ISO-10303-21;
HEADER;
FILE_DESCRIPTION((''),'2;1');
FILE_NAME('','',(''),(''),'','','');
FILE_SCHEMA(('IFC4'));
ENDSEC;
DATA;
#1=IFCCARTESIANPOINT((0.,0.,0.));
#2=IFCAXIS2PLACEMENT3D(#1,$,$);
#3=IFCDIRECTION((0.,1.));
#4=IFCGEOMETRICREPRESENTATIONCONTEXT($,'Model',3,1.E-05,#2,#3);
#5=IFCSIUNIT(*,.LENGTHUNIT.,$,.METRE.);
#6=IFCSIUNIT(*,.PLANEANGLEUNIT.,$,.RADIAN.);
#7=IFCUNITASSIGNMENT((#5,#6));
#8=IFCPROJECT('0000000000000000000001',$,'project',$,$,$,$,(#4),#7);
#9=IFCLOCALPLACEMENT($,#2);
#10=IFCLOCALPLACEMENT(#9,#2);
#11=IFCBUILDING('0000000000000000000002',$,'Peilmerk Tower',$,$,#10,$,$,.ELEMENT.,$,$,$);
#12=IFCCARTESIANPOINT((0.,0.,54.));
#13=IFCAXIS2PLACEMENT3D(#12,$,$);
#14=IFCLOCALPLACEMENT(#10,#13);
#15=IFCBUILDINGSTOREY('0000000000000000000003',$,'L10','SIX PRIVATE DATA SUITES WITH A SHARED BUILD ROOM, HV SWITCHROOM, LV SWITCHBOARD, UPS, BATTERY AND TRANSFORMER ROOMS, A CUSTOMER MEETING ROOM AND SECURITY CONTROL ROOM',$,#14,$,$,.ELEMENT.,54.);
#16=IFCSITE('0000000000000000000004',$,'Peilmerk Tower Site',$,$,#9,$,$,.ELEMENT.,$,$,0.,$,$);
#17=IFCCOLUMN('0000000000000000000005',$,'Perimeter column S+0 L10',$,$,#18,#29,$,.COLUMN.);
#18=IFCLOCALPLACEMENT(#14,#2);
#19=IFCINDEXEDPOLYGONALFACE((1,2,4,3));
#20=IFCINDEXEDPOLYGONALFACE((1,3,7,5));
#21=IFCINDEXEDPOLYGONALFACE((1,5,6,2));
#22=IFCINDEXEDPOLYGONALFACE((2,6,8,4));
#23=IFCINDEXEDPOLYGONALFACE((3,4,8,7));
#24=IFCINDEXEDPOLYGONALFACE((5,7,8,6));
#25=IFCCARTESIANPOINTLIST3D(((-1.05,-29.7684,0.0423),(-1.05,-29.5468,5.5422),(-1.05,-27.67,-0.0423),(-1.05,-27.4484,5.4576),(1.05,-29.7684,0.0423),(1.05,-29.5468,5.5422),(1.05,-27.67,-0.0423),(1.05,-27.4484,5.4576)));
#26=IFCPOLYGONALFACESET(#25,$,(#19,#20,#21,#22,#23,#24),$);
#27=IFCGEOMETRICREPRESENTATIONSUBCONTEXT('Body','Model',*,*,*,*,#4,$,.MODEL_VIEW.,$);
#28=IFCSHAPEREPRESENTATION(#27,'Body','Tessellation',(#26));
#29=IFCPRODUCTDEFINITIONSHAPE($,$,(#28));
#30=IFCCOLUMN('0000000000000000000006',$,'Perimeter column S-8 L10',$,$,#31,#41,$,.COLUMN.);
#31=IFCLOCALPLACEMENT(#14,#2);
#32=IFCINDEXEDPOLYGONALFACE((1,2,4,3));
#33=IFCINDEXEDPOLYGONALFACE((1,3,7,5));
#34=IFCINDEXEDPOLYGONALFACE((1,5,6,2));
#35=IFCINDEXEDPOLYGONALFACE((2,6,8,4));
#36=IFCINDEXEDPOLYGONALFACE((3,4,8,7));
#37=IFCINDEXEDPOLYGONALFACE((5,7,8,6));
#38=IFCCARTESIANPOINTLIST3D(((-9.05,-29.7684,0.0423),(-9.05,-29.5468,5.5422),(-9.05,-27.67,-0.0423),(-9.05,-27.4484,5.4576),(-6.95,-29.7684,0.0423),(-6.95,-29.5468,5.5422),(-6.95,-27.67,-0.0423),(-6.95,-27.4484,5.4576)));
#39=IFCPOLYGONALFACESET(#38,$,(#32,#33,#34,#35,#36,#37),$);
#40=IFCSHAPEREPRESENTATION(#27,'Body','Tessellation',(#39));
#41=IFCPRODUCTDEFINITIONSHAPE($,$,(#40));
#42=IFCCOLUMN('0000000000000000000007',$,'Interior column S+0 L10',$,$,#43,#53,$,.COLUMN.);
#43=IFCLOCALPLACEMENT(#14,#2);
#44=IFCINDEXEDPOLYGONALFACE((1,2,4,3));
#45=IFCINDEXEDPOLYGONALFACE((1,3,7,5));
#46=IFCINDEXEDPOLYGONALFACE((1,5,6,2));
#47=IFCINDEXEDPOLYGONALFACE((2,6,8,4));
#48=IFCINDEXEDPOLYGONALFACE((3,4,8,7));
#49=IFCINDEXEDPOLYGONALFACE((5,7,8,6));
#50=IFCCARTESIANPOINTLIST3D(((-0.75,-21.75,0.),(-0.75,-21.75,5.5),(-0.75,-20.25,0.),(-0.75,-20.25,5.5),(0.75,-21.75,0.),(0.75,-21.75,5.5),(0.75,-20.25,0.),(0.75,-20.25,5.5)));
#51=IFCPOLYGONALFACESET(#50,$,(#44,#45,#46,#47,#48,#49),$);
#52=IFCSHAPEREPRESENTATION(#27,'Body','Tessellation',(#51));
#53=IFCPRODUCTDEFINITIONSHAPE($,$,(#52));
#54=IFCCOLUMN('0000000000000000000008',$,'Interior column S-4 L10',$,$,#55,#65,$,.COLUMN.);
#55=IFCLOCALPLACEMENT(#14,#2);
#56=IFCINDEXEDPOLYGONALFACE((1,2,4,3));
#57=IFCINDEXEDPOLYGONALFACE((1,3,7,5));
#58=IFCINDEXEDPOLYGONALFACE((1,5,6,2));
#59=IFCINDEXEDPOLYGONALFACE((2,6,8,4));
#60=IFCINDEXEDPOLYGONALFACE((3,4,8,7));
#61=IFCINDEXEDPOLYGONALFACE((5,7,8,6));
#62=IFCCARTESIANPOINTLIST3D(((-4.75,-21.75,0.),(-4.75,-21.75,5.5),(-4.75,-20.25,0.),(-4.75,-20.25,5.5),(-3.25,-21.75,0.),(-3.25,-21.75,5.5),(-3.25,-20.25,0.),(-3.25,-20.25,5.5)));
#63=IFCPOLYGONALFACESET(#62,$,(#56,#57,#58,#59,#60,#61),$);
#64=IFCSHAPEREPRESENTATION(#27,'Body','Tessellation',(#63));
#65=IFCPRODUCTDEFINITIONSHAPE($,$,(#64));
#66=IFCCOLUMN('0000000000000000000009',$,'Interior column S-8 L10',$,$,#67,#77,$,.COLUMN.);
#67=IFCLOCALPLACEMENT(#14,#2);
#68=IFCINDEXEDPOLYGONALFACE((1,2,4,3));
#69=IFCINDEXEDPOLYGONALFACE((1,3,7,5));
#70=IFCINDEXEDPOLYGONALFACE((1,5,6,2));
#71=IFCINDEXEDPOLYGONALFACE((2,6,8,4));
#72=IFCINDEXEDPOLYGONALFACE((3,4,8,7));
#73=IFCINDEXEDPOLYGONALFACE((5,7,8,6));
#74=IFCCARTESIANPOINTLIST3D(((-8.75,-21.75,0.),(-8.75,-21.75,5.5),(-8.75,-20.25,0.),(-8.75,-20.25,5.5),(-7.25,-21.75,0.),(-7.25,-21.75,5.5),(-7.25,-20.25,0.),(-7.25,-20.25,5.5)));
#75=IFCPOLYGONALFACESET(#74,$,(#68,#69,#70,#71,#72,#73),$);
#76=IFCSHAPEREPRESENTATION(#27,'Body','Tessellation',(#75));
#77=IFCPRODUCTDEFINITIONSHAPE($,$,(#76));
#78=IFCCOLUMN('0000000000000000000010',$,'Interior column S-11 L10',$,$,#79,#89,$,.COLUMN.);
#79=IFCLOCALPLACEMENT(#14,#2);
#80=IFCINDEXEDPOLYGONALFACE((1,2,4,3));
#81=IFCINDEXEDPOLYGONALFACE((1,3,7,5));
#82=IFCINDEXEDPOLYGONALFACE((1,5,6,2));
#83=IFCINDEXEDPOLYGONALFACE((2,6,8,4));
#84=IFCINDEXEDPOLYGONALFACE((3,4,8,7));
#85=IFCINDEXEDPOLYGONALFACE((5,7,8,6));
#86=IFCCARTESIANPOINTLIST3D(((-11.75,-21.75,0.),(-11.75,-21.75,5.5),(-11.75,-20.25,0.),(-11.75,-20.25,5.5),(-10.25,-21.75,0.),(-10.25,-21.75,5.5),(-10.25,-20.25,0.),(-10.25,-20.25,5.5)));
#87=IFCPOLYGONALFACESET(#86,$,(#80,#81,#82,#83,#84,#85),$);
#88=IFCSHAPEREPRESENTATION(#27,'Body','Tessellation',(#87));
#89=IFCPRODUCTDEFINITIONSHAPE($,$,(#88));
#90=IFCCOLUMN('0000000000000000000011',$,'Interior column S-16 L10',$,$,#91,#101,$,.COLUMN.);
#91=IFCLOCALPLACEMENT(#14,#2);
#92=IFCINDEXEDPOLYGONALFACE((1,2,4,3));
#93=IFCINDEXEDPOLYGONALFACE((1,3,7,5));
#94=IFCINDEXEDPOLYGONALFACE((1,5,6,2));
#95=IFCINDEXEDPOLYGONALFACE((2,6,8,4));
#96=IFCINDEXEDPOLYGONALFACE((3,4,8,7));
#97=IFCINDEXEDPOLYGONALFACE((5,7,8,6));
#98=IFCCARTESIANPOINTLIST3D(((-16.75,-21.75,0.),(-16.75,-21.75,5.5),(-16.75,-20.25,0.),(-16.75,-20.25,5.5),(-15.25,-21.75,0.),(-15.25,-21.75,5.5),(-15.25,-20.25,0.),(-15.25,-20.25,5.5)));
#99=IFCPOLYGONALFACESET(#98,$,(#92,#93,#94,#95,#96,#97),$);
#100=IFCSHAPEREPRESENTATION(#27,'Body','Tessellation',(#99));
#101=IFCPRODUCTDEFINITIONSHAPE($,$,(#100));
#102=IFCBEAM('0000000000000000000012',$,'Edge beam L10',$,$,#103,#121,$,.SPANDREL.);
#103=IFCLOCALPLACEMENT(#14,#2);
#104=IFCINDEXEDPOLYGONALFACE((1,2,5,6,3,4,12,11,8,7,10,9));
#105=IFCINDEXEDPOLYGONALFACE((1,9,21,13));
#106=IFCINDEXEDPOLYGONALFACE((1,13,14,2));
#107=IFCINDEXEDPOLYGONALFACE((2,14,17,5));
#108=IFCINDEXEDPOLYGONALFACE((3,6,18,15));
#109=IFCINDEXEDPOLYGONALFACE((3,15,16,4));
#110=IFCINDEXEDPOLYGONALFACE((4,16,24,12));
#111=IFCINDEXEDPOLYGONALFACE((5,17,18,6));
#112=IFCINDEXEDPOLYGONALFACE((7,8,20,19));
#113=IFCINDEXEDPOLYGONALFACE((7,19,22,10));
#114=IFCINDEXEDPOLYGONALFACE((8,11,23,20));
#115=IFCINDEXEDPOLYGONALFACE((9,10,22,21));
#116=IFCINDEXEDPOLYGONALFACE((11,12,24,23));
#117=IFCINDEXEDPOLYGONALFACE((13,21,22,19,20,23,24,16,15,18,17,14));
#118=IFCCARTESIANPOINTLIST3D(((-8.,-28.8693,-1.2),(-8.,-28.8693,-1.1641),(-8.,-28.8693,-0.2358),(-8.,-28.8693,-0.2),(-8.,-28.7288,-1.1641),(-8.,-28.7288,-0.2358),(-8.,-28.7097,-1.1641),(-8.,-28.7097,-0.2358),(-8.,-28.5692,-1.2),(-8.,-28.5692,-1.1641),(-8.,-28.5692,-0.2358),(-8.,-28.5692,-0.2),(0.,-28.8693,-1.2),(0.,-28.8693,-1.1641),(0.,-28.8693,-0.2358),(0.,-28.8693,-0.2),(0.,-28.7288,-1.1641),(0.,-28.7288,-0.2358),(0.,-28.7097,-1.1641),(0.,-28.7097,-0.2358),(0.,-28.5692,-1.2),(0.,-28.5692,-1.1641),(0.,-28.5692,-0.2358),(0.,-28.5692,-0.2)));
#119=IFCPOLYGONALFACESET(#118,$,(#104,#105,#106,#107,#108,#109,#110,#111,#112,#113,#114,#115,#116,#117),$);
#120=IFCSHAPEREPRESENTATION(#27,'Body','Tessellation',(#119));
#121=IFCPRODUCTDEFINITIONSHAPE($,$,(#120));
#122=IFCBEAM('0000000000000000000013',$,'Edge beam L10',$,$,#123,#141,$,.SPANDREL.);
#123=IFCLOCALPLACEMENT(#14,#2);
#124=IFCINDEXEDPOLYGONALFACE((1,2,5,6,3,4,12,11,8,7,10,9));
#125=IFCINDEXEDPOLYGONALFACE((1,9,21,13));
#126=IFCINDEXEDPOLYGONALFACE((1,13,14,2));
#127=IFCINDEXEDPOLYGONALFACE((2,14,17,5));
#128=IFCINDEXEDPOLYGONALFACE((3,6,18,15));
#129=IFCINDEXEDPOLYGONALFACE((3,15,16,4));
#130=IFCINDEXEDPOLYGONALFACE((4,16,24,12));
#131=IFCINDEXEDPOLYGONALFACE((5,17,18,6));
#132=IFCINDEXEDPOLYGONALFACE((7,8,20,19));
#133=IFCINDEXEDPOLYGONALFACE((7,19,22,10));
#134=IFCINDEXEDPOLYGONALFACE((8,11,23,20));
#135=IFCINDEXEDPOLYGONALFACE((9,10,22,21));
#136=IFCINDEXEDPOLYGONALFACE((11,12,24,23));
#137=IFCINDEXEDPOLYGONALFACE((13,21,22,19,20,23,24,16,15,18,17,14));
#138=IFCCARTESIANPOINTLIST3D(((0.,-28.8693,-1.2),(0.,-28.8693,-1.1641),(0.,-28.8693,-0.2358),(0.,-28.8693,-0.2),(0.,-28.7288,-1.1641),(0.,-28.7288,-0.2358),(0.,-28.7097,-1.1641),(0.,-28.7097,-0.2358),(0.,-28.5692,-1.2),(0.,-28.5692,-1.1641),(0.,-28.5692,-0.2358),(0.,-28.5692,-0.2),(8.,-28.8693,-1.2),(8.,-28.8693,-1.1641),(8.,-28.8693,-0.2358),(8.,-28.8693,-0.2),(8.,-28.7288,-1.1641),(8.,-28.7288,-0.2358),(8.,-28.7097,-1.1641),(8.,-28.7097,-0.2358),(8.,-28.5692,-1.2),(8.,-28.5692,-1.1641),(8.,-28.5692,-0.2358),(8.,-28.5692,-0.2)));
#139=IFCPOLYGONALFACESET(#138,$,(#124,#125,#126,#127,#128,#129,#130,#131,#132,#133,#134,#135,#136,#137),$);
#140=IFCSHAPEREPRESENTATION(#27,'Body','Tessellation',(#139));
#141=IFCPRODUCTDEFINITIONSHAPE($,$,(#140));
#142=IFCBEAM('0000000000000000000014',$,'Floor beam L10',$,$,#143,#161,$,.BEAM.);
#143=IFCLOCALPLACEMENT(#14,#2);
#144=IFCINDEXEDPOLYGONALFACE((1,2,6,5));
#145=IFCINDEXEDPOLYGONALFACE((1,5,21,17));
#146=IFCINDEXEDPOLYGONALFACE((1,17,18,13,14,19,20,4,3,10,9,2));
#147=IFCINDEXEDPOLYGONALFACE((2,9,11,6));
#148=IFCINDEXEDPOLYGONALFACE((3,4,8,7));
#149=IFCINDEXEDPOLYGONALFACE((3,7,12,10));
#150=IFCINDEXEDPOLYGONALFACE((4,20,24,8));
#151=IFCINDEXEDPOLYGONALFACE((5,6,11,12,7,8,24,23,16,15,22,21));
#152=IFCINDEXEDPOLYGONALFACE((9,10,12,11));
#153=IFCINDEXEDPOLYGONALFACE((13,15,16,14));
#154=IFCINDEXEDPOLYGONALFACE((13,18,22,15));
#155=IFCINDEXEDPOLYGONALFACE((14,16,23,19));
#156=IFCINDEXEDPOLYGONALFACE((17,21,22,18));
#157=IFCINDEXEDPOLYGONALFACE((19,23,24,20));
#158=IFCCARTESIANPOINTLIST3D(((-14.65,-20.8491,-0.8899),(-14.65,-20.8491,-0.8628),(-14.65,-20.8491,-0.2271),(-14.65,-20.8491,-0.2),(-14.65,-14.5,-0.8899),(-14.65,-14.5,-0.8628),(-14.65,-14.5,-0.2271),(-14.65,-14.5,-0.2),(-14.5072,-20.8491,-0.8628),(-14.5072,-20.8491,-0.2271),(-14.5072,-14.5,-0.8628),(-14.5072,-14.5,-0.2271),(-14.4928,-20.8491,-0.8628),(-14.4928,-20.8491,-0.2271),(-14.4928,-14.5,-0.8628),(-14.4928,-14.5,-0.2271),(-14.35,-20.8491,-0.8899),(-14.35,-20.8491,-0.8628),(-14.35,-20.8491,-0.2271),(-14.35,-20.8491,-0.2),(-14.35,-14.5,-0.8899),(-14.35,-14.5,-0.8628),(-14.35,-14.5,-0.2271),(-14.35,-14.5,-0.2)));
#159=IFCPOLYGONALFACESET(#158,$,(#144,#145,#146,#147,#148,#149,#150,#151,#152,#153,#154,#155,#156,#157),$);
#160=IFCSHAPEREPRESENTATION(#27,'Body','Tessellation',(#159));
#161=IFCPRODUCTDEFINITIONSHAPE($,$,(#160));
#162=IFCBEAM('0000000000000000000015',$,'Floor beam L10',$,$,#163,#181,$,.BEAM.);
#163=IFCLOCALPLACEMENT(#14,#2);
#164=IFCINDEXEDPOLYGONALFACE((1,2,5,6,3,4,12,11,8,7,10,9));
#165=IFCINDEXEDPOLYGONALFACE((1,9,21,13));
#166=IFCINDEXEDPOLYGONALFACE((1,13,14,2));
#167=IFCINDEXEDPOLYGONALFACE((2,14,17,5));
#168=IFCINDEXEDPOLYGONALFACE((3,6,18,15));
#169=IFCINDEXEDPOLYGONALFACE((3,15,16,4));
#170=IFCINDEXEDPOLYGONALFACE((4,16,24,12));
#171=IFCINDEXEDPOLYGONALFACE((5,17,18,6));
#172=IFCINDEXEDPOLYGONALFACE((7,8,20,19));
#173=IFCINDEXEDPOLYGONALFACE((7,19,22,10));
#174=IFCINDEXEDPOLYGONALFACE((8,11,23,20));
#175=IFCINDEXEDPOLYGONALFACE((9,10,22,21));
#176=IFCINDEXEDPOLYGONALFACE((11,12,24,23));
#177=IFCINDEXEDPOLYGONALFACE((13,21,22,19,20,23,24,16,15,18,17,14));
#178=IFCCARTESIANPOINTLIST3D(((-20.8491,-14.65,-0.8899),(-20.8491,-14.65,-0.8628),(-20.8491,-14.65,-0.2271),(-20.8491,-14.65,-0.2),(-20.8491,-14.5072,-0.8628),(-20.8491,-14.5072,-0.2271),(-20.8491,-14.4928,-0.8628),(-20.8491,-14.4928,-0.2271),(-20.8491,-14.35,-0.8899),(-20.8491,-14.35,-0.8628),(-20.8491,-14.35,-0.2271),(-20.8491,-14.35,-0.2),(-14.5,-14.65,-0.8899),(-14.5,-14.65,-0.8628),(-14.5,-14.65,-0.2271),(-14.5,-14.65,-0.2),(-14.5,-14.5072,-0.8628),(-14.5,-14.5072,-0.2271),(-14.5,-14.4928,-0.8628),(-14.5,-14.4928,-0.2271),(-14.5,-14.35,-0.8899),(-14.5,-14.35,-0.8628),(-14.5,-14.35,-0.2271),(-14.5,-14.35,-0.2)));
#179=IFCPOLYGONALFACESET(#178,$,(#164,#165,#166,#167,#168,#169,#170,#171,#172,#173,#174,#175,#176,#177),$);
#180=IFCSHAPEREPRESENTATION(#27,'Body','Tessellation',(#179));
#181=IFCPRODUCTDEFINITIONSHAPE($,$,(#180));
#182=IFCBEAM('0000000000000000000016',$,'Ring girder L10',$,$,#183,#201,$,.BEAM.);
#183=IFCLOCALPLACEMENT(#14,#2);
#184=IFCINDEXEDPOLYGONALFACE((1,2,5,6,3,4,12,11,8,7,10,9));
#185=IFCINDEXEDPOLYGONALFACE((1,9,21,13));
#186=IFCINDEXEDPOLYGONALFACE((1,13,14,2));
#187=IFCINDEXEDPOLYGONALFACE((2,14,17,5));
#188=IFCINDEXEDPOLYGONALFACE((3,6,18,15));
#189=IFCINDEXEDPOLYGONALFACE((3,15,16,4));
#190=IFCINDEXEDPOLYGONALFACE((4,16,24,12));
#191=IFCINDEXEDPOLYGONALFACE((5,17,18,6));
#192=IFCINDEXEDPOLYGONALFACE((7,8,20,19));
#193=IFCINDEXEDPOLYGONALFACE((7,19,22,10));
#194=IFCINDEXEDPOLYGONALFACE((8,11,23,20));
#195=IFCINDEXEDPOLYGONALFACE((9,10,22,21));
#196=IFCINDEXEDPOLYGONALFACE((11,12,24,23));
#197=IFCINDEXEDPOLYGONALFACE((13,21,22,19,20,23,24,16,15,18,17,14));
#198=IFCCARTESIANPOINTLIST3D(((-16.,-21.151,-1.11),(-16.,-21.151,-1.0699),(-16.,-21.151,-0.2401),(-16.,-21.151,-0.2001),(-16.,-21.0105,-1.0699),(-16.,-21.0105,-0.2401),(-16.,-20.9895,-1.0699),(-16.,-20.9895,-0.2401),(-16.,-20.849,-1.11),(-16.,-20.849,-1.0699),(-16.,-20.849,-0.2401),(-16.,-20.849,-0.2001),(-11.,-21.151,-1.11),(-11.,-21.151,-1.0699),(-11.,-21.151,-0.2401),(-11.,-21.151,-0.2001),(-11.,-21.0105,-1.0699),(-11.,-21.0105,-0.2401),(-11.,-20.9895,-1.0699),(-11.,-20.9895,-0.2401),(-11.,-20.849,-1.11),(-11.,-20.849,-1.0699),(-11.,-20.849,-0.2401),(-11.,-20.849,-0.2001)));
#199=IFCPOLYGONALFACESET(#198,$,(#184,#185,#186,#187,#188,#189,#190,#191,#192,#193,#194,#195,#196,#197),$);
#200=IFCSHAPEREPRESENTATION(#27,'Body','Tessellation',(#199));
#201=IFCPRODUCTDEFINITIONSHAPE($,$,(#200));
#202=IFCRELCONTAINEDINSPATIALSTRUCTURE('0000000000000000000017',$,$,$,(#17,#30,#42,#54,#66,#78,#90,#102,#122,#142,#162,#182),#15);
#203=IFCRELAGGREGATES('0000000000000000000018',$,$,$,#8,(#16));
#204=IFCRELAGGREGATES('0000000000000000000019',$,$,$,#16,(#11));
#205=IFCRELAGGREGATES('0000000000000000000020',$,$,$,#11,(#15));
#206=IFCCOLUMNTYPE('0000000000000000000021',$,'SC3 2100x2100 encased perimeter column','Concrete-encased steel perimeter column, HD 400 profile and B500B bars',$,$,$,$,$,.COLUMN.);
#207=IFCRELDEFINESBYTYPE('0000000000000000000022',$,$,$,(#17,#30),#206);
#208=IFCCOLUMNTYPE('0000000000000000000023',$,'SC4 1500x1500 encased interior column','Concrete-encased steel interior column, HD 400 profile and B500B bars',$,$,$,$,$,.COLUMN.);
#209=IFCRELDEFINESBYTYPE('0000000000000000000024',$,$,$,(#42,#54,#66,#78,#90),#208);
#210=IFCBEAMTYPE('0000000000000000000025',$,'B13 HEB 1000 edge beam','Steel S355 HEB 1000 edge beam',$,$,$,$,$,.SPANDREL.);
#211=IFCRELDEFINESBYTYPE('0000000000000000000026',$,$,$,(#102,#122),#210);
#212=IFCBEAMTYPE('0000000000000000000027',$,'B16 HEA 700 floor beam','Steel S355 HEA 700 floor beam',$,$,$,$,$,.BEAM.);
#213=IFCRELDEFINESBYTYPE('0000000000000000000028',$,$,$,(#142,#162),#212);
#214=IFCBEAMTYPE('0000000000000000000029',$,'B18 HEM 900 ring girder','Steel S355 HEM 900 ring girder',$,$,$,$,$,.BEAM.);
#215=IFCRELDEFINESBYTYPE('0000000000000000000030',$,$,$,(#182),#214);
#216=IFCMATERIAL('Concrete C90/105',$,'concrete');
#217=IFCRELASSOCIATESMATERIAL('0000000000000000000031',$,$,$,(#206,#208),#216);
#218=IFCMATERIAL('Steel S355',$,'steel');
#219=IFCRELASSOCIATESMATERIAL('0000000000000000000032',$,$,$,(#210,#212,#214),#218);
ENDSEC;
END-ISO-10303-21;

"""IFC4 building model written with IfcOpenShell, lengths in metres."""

from ifc_helpers import new_model, si_unit, direction, frame, origin, origin_2d, place, context, subcontext, project, spatial, rectangle, i_section, extrude, material, material_profile, profile_set, type_object, element, save


model = new_model("IFC4")

# Units and contexts
model_context = context("Model", 3, precision=1e-05, world=origin(), true_north=direction((0.0, 1.0)))
body_context = subcontext(model_context, "Body", "Model", "MODEL_VIEW")
ifc_project = project(units=[si_unit("LENGTHUNIT", "METRE"), si_unit("PLANEANGLEUNIT", "RADIAN")], contexts=[model_context])

# Site, building, storey
site_placement = place(None, origin())
site = spatial("IfcSite", under=ifc_project, at=site_placement, Name="Peilmerk Tower Site", CompositionType="ELEMENT", RefElevation=0.0)
building_placement = place(site_placement, origin())
building = spatial("IfcBuilding", under=site, at=building_placement, Name="Peilmerk Tower", CompositionType="ELEMENT")
storey_placement = place(building_placement, frame((0.0, 0.0, 54.0)))
storey = spatial("IfcBuildingStorey", under=building, at=storey_placement, Name="L10", Description="SIX PRIVATE DATA SUITES WITH A SHARED BUILD ROOM, HV SWITCHROOM, LV SWITCHBOARD, UPS, BATTERY AND TRANSFORMER ROOMS, A CUSTOMER MEETING ROOM AND SECURITY CONTROL ROOM", CompositionType="ELEMENT", Elevation=54.0)

# Columns
ifc_material_1 = material(Name="Concrete C90/105", Category="concrete")
ifc_material_profile_1 = material_profile(ifc_material_1, rectangle(XDim=2.1001, YDim=2.1001, at=origin_2d()), Name="RC 2100x2100")
ifc_profile_set_1 = profile_set([ifc_material_profile_1], Name="Concrete C90/105")
column_type_1 = type_object("IfcColumnType", Name="SC3 2100x2100 encased perimeter column", Description="Concrete-encased steel perimeter column, HD 400 profile and B500B bars", PredefinedType="COLUMN", material=ifc_profile_set_1)
for number, where, z_axis, x_axis, name in (
    (1, (0.0, -28.7192, 0.0), (0.0, 0.040273, 0.999189), (-1.0, 0.0, 0.0), "Perimeter column S+0 L10"),
    (2, (-8.0, -28.7192, 0.0), (0.0, 0.040273, 0.999189), (-1.0, 0.0, 0.0), "Perimeter column S-8 L10"),
):
    element("IfcColumn", number, at=place(storey_placement, frame(where, z_axis=z_axis, x_axis=x_axis)), inside=storey, type_object=column_type_1, Name=name, PredefinedType="COLUMN", context=body_context, shape_type="SweptSolid", body=[
        extrude(rectangle(XDim=2.1001, YDim=2.1001, at=origin_2d()), origin(), (0.0, 0.0, 1.0), 5.5044),
    ])
ifc_material_profile_2 = material_profile(ifc_material_1, rectangle(XDim=1.5, YDim=1.5, at=origin_2d()), Name="RC 1500x1500")
ifc_profile_set_2 = profile_set([ifc_material_profile_2], Name="Concrete C90/105")
column_type_2 = type_object("IfcColumnType", Name="SC4 1500x1500 encased interior column", Description="Concrete-encased steel interior column, HD 400 profile and B500B bars", PredefinedType="COLUMN", material=ifc_profile_set_2)
for number, where, z_axis, x_axis, name in (
    (3, (0.0, -21.0, 0.0), (0.0, 0.0, 1.0), (1.0, 0.0, 0.0), "Interior column S+0 L10"),
    (4, (-4.0, -21.0, 0.0), (0.0, 0.0, 1.0), (1.0, 0.0, 0.0), "Interior column S-4 L10"),
    (5, (-8.0, -21.0, 0.0), (0.0, 0.0, 1.0), (1.0, 0.0, 0.0), "Interior column S-8 L10"),
    (6, (-11.0, -21.0, 0.0), (0.0, 0.0, 1.0), (1.0, 0.0, 0.0), "Interior column S-11 L10"),
    (7, (-16.0, -21.0, 0.0), (0.0, 0.0, 1.0), (1.0, 0.0, 0.0), "Interior column S-16 L10"),
):
    element("IfcColumn", number, at=place(storey_placement, frame(where, z_axis=z_axis, x_axis=x_axis)), inside=storey, type_object=column_type_2, Name=name, PredefinedType="COLUMN", context=body_context, shape_type="SweptSolid", body=[
        extrude(rectangle(XDim=1.5, YDim=1.5, at=origin_2d()), origin(), (0.0, 0.0, 1.0), 5.5),
    ])

# Beams
ifc_material_2 = material(Name="Steel S355", Category="steel")
ifc_material_profile_3 = material_profile(ifc_material_2, i_section(OverallWidth=0.3, OverallDepth=1.0, WebThickness=0.019, FlangeThickness=0.0359, at=origin_2d()), Name="HEB 1000")
ifc_profile_set_3 = profile_set([ifc_material_profile_3], Name="Steel S355")
beam_type_1 = type_object("IfcBeamType", Name="B13 HEB 1000 edge beam", Description="Steel S355 HEB 1000 edge beam", PredefinedType="SPANDREL", material=ifc_profile_set_3)
for number, where, z_axis, x_axis, name in (
    (8, (-8.0, -28.7192, -0.7), (1.0, 0.0, 0.0), (0.0, 1.0, 0.0), "Edge beam L10"),
    (9, (0.0, -28.7192, -0.7), (1.0, 0.0, 0.0), (0.0, 1.0, 0.0), "Edge beam L10"),
):
    element("IfcBeam", number, at=place(storey_placement, frame(where, z_axis=z_axis, x_axis=x_axis)), inside=storey, type_object=beam_type_1, Name=name, PredefinedType="SPANDREL", context=body_context, shape_type="SweptSolid", body=[
        extrude(i_section(OverallWidth=0.3, OverallDepth=1.0, WebThickness=0.019, FlangeThickness=0.0359, at=origin_2d()), origin(), (0.0, 0.0, 1.0), 8.0),
    ])
ifc_material_profile_4 = material_profile(ifc_material_2, i_section(OverallWidth=0.3, OverallDepth=0.6899, WebThickness=0.0144, FlangeThickness=0.0271, at=origin_2d()), Name="HEA 700")
ifc_profile_set_4 = profile_set([ifc_material_profile_4], Name="Steel S355")
beam_type_2 = type_object("IfcBeamType", Name="B16 HEA 700 floor beam", Description="Steel S355 HEA 700 floor beam", PredefinedType="BEAM", material=ifc_profile_set_4)
for number, where, z_axis, x_axis, name in (
    (10, (-14.5, -14.5, -0.5449), (0.0, -1.0, 0.0), (1.0, 0.0, 0.0), "Floor beam L10"),
    (11, (-14.5, -14.5, -0.5449), (-1.0, 0.0, 0.0), (0.0, -1.0, 0.0), "Floor beam L10"),
):
    element("IfcBeam", number, at=place(storey_placement, frame(where, z_axis=z_axis, x_axis=x_axis)), inside=storey, type_object=beam_type_2, Name=name, PredefinedType="BEAM", context=body_context, shape_type="SweptSolid", body=[
        extrude(i_section(OverallWidth=0.3, OverallDepth=0.6899, WebThickness=0.0144, FlangeThickness=0.0271, at=origin_2d()), origin(), (0.0, 0.0, 1.0), 6.3491),
    ])
ifc_material_profile_5 = material_profile(ifc_material_2, i_section(OverallWidth=0.302, OverallDepth=0.9099, WebThickness=0.021, FlangeThickness=0.04, at=origin_2d()), Name="HEM 900")
ifc_profile_set_5 = profile_set([ifc_material_profile_5], Name="Steel S355")
beam_type_3 = type_object("IfcBeamType", Name="B18 HEM 900 ring girder", Description="Steel S355 HEM 900 ring girder", PredefinedType="BEAM", material=ifc_profile_set_5)
beam_1_placement = place(storey_placement, frame((-16.0, -21.0, -0.655), z_axis=(1.0, 0.0, 0.0), x_axis=(0.0, 1.0, 0.0)))
element("IfcBeam", 12, at=beam_1_placement, inside=storey, type_object=beam_type_3, Name="Ring girder L10", PredefinedType="BEAM", context=body_context, shape_type="SweptSolid", body=[
    extrude(i_section(OverallWidth=0.302, OverallDepth=0.9099, WebThickness=0.021, FlangeThickness=0.04, at=origin_2d()), origin(), (0.0, 0.0, 1.0), 5.0),
])

save(model, "model.ifc")
